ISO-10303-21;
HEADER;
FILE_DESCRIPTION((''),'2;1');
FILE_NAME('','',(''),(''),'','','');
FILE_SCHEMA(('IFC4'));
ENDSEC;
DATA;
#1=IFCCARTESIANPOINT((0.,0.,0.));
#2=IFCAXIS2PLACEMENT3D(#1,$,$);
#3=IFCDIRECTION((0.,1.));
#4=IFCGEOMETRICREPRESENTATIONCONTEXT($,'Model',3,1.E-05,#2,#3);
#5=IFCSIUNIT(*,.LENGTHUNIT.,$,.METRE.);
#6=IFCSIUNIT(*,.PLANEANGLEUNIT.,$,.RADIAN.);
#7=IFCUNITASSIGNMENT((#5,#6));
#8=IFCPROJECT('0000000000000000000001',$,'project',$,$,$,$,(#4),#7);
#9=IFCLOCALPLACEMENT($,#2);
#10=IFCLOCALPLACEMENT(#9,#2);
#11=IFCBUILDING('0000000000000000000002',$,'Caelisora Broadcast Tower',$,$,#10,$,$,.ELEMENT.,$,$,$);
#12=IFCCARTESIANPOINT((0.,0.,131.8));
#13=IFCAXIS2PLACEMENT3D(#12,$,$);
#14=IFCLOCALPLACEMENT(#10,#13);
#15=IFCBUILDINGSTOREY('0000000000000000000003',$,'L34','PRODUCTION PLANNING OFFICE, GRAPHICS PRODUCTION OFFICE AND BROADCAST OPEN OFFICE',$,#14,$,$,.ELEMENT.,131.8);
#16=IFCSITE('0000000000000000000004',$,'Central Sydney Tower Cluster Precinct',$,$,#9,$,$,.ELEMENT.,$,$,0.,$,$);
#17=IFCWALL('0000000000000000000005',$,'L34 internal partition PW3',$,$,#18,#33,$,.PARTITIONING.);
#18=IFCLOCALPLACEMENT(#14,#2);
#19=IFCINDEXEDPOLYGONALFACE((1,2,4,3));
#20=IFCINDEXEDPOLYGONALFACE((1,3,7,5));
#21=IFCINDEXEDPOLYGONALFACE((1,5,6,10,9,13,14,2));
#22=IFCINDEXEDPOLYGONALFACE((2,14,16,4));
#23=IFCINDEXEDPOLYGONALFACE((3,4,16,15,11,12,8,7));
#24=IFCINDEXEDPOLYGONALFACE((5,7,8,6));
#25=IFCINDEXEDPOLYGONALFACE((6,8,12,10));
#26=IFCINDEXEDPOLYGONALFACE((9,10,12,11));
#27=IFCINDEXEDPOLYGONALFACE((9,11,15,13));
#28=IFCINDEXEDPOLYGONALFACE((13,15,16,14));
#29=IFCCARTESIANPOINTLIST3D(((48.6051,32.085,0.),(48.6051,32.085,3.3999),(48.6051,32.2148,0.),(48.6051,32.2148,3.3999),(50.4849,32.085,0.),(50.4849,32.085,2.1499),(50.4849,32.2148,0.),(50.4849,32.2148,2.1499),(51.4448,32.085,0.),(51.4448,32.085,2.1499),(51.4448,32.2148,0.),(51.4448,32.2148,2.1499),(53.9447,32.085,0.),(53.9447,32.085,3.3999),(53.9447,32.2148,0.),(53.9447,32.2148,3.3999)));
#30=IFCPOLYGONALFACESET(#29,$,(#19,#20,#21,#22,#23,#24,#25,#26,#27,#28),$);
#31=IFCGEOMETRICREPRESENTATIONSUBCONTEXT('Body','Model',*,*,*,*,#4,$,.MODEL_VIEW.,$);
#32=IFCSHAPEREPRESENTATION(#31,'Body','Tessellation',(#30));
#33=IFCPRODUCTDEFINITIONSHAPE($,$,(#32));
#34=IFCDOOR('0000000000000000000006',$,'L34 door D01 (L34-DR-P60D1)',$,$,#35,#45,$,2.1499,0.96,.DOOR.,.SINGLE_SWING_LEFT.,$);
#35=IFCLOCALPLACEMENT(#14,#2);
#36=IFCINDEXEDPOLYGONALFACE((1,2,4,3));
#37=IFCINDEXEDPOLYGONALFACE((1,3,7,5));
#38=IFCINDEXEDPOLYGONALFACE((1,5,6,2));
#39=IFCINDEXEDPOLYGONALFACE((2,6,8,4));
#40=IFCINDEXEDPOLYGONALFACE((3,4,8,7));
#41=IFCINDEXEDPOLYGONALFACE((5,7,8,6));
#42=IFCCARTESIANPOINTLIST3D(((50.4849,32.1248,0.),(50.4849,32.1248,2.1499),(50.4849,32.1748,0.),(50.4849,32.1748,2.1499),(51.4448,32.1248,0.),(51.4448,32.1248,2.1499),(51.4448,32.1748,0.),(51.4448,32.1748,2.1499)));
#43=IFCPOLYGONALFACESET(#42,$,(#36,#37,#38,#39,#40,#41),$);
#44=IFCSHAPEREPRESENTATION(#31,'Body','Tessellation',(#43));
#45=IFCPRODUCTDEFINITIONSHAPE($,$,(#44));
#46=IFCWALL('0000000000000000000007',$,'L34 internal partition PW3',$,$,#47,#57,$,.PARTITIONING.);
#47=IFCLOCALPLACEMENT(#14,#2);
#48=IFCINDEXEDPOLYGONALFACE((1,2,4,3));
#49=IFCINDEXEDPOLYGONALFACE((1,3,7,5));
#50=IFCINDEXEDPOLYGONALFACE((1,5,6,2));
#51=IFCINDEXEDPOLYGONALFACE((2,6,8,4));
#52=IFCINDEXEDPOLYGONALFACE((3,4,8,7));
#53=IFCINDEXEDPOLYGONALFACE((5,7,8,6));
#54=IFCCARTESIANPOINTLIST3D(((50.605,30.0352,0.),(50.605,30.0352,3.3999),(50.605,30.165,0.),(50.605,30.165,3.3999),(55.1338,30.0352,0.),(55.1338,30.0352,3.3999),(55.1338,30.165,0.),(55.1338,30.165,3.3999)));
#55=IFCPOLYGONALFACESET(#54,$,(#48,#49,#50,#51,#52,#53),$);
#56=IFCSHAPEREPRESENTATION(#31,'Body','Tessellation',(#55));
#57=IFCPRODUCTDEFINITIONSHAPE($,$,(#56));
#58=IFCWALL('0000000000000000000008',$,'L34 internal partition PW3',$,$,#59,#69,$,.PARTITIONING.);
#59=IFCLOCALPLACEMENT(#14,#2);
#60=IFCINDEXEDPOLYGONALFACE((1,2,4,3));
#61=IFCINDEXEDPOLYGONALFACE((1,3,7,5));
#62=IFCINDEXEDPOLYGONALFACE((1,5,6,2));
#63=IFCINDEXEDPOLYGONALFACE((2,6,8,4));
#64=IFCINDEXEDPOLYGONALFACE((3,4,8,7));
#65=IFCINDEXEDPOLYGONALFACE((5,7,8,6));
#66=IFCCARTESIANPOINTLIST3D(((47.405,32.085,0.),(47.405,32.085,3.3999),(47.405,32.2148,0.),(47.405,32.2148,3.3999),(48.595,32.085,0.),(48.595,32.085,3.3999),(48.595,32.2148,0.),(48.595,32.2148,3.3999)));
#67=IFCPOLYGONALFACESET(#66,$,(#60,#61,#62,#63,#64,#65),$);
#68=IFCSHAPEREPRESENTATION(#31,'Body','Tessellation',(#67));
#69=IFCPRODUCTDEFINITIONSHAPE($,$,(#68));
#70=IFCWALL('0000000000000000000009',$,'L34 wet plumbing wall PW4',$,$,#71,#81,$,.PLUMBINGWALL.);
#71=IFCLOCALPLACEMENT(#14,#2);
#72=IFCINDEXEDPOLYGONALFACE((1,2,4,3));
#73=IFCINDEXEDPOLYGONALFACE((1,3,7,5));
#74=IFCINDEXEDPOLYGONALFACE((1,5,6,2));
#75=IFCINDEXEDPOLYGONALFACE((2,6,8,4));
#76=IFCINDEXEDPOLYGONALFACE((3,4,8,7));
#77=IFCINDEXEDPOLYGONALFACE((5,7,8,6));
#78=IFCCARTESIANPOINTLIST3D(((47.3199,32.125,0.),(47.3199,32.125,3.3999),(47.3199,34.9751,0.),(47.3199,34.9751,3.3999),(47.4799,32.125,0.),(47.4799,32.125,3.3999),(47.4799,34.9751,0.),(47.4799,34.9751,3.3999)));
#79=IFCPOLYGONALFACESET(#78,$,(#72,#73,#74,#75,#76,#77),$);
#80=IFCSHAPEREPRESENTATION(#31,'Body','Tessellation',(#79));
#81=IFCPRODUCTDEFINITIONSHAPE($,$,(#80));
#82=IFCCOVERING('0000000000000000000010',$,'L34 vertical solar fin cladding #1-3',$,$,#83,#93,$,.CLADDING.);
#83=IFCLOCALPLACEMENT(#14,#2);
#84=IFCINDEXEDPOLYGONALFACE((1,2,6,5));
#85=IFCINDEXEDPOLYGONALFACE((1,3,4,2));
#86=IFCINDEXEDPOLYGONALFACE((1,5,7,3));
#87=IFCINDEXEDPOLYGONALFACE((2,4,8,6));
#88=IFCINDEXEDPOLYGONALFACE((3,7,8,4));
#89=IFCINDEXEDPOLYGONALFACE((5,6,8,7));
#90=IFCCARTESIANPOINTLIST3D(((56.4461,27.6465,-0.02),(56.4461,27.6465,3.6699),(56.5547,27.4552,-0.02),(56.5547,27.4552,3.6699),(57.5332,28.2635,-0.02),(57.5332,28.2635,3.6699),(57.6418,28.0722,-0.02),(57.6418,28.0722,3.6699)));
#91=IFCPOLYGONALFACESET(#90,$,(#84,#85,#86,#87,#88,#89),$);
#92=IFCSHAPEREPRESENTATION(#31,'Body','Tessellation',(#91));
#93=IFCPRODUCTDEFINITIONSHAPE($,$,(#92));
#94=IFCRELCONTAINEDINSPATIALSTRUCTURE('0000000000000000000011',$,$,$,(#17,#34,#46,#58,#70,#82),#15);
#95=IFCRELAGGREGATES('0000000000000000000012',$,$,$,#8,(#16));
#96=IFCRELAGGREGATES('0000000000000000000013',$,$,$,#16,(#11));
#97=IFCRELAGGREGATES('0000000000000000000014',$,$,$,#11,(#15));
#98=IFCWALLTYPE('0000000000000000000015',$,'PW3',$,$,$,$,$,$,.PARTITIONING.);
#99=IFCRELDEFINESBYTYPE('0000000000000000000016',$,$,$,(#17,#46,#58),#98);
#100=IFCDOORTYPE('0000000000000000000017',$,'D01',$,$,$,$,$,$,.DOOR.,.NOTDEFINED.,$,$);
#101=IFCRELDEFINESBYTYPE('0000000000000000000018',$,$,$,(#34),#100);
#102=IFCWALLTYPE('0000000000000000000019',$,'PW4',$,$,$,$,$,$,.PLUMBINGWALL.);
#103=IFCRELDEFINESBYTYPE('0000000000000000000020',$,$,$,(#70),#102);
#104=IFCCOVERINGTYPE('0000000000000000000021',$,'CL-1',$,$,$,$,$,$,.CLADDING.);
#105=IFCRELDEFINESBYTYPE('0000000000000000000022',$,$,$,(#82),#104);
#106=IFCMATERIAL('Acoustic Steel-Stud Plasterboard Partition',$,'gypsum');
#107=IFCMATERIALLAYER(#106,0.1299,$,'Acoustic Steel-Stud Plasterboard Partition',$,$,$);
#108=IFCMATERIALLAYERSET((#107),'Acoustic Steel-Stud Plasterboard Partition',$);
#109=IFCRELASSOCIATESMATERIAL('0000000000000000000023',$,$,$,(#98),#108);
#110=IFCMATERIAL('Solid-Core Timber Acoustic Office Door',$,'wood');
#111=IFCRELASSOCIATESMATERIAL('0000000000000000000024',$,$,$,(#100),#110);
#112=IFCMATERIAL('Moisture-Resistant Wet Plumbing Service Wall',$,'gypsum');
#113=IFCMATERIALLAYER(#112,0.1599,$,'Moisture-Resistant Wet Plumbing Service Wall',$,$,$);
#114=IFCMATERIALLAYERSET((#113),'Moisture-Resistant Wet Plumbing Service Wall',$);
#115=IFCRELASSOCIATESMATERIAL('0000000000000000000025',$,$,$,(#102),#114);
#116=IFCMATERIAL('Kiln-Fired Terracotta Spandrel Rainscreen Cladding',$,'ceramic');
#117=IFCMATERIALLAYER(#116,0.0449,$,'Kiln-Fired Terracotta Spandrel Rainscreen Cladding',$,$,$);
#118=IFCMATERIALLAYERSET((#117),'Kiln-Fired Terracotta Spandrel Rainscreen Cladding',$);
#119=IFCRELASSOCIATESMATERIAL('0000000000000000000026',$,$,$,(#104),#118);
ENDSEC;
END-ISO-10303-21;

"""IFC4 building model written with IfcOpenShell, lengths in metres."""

from ifc_helpers import new_model, si_unit, direction, frame, frame_2d, origin, origin_2d, place, context, subcontext, project, spatial, rectangle, extrude, source, transform, mapped, material, layer, layer_set, type_object, type_shapes, element, fill, save


model = new_model("IFC4")

# Units and contexts
model_context = context("Model", 3, precision=1e-05, world=origin(), true_north=direction((0.0, 1.0)))
body_context = subcontext(model_context, "Body", "Model", "MODEL_VIEW")
ifc_project = project(units=[si_unit("LENGTHUNIT", "METRE"), si_unit("PLANEANGLEUNIT", "RADIAN")], contexts=[model_context])

# Site, building, storey
site_placement = place(None, origin())
site = spatial("IfcSite", under=ifc_project, at=site_placement, Name="Central Sydney Tower Cluster Precinct", CompositionType="ELEMENT", RefElevation=0.0)
building_placement = place(site_placement, origin())
building = spatial("IfcBuilding", under=site, at=building_placement, Name="Caelisora Broadcast Tower", CompositionType="ELEMENT")
storey_placement = place(building_placement, frame((0.0, 0.0, 131.8)))
storey = spatial("IfcBuildingStorey", under=building, at=storey_placement, Name="L34", Description="PRODUCTION PLANNING OFFICE, GRAPHICS PRODUCTION OFFICE AND BROADCAST OPEN OFFICE", CompositionType="ELEMENT", Elevation=131.8)

# Wall, opening, door
ifc_material_1 = material(Name="Acoustic Steel-Stud Plasterboard Partition", Category="gypsum")
ifc_layer_1 = layer(ifc_material_1, 0.1299, Name="Acoustic Steel-Stud Plasterboard Partition")
ifc_layer_set_1 = layer_set([ifc_layer_1], Name="Acoustic Steel-Stud Plasterboard Partition")
wall_type_1 = type_object("IfcWallType", Name="PW3", PredefinedType="PARTITIONING", material=ifc_layer_set_1)
ifc_material_2 = material(Name="Solid-Core Timber Acoustic Office Door", Category="wood")
door_type = type_object("IfcDoorType", Name="D01", OperationType="NOTDEFINED", PredefinedType="DOOR", material=ifc_material_2)
wall_1_placement = place(storey_placement, frame((48.605, 32.1499, 0.0), z_axis=(0.0, 0.0, 1.0), x_axis=(1.0, 0.0, 0.0)))
wall_1 = element("IfcWall", 1, at=wall_1_placement, inside=storey, type_object=wall_type_1, Name="L34 internal partition PW3", PredefinedType="PARTITIONING", context=body_context, shape_type="SweptSolid", body=[
    extrude(rectangle(XDim=5.3396, YDim=0.1299, at=frame_2d((2.6699, 0.0))), origin(), (0.0, 0.0, 1.0), 3.3999),
])
opening_1_placement = place(wall_1_placement, frame((1.8799, 0.0, 0.0)))
opening_1 = element("IfcOpeningElement", 2, at=opening_1_placement, cuts=wall_1, PredefinedType="OPENING", context=body_context, shape_type="SweptSolid", body=[
    extrude(rectangle(XDim=0.96, YDim=2.1499, at=frame_2d((0.48, 1.075))), frame((0.0, 0.0769, 0.0), z_axis=(0.0, -1.0, 0.0), x_axis=(1.0, 0.0, 0.0)), (0.0, 0.0, 1.0), 0.1538),
])
door_1_placement = place(opening_1_placement, origin())
door_1 = element("IfcDoor", 3, at=door_1_placement, inside=storey, type_object=door_type, Name="L34 door D01 (L34-DR-P60D1)", OperationType="SINGLE_SWING_LEFT", OverallHeight=2.1499, OverallWidth=0.96, PredefinedType="DOOR", context=body_context, shape_type="SweptSolid", body=[
    extrude(rectangle(XDim=0.96, YDim=2.1499, at=frame_2d((0.48, 1.075))), frame((0.0, 0.0249, 0.0), z_axis=(0.0, -1.0, 0.0), x_axis=(1.0, 0.0, 0.0)), (0.0, 0.0, 1.0), 0.05),
])
fill(opening_1, door_1)

# Walls
wall_2_placement = place(storey_placement, frame((50.605, 30.1001, 0.0), z_axis=(0.0, 0.0, 1.0), x_axis=(1.0, 0.0, 0.0)))
element("IfcWall", 4, at=wall_2_placement, inside=storey, type_object=wall_type_1, Name="L34 internal partition PW3", PredefinedType="PARTITIONING", context=body_context, shape_type="SweptSolid", body=[
    extrude(rectangle(XDim=4.5288, YDim=0.1299, at=frame_2d((2.2644, 0.0))), origin(), (0.0, 0.0, 1.0), 3.3999),
])
wall_3_placement = place(storey_placement, frame((47.405, 32.1499, 0.0), z_axis=(0.0, 0.0, 1.0), x_axis=(1.0, 0.0, 0.0)))
element("IfcWall", 5, at=wall_3_placement, inside=storey, type_object=wall_type_1, Name="L34 internal partition PW3", PredefinedType="PARTITIONING", context=body_context, shape_type="SweptSolid", body=[
    extrude(rectangle(XDim=1.1899, YDim=0.1299, at=frame_2d((0.595, 0.0))), origin(), (0.0, 0.0, 1.0), 3.3999),
])
ifc_material_3 = material(Name="Moisture-Resistant Wet Plumbing Service Wall", Category="gypsum")
ifc_layer_2 = layer(ifc_material_3, 0.1599, Name="Moisture-Resistant Wet Plumbing Service Wall")
ifc_layer_set_2 = layer_set([ifc_layer_2], Name="Moisture-Resistant Wet Plumbing Service Wall")
wall_type_2 = type_object("IfcWallType", Name="PW4", PredefinedType="PLUMBINGWALL", material=ifc_layer_set_2)
wall_4_placement = place(storey_placement, frame((47.3999, 32.125, 0.0), z_axis=(0.0, 0.0, 1.0), x_axis=(0.0, 1.0, 0.0)))
element("IfcWall", 6, at=wall_4_placement, inside=storey, type_object=wall_type_2, Name="L34 wet plumbing wall PW4", PredefinedType="PLUMBINGWALL", context=body_context, shape_type="SweptSolid", body=[
    extrude(rectangle(XDim=2.8501, YDim=0.1599, at=frame_2d((1.425, 0.0))), origin(), (0.0, 0.0, 1.0), 3.3999),
])

# Covering
ifc_material_4 = material(Name="Kiln-Fired Terracotta Spandrel Rainscreen Cladding", Category="ceramic")
ifc_layer_3 = layer(ifc_material_4, 0.0449, Name="Kiln-Fired Terracotta Spandrel Rainscreen Cladding")
ifc_layer_set_3 = layer_set([ifc_layer_3], Name="Kiln-Fired Terracotta Spandrel Rainscreen Cladding")
covering_type = type_object("IfcCoveringType", Name="CL-1", PredefinedType="CLADDING", material=ifc_layer_set_3)
shared_shape_1 = source(origin(), body_context, "Body", "SweptSolid", [
    extrude(rectangle(XDim=0.22, YDim=1.25, at=origin_2d()), origin(), (0.0, 0.0, 1.0), 3.6899),
])
type_shapes(covering_type, [shared_shape_1])
covering_placement = place(storey_placement, frame((57.0439, 27.8594, -0.02), z_axis=(0.0, 0.0, 1.0), x_axis=(0.493638, -0.869667, 0.0)))
element("IfcCovering", 7, at=covering_placement, inside=storey, type_object=covering_type, Name="L34 vertical solar fin cladding #1-3", PredefinedType="CLADDING", context=body_context, shape_type="MappedRepresentation", body=[
    mapped(shared_shape_1, transform((0.0, 0.0, 0.0), scale=1.0)),
])

save(model, "model.ifc")
